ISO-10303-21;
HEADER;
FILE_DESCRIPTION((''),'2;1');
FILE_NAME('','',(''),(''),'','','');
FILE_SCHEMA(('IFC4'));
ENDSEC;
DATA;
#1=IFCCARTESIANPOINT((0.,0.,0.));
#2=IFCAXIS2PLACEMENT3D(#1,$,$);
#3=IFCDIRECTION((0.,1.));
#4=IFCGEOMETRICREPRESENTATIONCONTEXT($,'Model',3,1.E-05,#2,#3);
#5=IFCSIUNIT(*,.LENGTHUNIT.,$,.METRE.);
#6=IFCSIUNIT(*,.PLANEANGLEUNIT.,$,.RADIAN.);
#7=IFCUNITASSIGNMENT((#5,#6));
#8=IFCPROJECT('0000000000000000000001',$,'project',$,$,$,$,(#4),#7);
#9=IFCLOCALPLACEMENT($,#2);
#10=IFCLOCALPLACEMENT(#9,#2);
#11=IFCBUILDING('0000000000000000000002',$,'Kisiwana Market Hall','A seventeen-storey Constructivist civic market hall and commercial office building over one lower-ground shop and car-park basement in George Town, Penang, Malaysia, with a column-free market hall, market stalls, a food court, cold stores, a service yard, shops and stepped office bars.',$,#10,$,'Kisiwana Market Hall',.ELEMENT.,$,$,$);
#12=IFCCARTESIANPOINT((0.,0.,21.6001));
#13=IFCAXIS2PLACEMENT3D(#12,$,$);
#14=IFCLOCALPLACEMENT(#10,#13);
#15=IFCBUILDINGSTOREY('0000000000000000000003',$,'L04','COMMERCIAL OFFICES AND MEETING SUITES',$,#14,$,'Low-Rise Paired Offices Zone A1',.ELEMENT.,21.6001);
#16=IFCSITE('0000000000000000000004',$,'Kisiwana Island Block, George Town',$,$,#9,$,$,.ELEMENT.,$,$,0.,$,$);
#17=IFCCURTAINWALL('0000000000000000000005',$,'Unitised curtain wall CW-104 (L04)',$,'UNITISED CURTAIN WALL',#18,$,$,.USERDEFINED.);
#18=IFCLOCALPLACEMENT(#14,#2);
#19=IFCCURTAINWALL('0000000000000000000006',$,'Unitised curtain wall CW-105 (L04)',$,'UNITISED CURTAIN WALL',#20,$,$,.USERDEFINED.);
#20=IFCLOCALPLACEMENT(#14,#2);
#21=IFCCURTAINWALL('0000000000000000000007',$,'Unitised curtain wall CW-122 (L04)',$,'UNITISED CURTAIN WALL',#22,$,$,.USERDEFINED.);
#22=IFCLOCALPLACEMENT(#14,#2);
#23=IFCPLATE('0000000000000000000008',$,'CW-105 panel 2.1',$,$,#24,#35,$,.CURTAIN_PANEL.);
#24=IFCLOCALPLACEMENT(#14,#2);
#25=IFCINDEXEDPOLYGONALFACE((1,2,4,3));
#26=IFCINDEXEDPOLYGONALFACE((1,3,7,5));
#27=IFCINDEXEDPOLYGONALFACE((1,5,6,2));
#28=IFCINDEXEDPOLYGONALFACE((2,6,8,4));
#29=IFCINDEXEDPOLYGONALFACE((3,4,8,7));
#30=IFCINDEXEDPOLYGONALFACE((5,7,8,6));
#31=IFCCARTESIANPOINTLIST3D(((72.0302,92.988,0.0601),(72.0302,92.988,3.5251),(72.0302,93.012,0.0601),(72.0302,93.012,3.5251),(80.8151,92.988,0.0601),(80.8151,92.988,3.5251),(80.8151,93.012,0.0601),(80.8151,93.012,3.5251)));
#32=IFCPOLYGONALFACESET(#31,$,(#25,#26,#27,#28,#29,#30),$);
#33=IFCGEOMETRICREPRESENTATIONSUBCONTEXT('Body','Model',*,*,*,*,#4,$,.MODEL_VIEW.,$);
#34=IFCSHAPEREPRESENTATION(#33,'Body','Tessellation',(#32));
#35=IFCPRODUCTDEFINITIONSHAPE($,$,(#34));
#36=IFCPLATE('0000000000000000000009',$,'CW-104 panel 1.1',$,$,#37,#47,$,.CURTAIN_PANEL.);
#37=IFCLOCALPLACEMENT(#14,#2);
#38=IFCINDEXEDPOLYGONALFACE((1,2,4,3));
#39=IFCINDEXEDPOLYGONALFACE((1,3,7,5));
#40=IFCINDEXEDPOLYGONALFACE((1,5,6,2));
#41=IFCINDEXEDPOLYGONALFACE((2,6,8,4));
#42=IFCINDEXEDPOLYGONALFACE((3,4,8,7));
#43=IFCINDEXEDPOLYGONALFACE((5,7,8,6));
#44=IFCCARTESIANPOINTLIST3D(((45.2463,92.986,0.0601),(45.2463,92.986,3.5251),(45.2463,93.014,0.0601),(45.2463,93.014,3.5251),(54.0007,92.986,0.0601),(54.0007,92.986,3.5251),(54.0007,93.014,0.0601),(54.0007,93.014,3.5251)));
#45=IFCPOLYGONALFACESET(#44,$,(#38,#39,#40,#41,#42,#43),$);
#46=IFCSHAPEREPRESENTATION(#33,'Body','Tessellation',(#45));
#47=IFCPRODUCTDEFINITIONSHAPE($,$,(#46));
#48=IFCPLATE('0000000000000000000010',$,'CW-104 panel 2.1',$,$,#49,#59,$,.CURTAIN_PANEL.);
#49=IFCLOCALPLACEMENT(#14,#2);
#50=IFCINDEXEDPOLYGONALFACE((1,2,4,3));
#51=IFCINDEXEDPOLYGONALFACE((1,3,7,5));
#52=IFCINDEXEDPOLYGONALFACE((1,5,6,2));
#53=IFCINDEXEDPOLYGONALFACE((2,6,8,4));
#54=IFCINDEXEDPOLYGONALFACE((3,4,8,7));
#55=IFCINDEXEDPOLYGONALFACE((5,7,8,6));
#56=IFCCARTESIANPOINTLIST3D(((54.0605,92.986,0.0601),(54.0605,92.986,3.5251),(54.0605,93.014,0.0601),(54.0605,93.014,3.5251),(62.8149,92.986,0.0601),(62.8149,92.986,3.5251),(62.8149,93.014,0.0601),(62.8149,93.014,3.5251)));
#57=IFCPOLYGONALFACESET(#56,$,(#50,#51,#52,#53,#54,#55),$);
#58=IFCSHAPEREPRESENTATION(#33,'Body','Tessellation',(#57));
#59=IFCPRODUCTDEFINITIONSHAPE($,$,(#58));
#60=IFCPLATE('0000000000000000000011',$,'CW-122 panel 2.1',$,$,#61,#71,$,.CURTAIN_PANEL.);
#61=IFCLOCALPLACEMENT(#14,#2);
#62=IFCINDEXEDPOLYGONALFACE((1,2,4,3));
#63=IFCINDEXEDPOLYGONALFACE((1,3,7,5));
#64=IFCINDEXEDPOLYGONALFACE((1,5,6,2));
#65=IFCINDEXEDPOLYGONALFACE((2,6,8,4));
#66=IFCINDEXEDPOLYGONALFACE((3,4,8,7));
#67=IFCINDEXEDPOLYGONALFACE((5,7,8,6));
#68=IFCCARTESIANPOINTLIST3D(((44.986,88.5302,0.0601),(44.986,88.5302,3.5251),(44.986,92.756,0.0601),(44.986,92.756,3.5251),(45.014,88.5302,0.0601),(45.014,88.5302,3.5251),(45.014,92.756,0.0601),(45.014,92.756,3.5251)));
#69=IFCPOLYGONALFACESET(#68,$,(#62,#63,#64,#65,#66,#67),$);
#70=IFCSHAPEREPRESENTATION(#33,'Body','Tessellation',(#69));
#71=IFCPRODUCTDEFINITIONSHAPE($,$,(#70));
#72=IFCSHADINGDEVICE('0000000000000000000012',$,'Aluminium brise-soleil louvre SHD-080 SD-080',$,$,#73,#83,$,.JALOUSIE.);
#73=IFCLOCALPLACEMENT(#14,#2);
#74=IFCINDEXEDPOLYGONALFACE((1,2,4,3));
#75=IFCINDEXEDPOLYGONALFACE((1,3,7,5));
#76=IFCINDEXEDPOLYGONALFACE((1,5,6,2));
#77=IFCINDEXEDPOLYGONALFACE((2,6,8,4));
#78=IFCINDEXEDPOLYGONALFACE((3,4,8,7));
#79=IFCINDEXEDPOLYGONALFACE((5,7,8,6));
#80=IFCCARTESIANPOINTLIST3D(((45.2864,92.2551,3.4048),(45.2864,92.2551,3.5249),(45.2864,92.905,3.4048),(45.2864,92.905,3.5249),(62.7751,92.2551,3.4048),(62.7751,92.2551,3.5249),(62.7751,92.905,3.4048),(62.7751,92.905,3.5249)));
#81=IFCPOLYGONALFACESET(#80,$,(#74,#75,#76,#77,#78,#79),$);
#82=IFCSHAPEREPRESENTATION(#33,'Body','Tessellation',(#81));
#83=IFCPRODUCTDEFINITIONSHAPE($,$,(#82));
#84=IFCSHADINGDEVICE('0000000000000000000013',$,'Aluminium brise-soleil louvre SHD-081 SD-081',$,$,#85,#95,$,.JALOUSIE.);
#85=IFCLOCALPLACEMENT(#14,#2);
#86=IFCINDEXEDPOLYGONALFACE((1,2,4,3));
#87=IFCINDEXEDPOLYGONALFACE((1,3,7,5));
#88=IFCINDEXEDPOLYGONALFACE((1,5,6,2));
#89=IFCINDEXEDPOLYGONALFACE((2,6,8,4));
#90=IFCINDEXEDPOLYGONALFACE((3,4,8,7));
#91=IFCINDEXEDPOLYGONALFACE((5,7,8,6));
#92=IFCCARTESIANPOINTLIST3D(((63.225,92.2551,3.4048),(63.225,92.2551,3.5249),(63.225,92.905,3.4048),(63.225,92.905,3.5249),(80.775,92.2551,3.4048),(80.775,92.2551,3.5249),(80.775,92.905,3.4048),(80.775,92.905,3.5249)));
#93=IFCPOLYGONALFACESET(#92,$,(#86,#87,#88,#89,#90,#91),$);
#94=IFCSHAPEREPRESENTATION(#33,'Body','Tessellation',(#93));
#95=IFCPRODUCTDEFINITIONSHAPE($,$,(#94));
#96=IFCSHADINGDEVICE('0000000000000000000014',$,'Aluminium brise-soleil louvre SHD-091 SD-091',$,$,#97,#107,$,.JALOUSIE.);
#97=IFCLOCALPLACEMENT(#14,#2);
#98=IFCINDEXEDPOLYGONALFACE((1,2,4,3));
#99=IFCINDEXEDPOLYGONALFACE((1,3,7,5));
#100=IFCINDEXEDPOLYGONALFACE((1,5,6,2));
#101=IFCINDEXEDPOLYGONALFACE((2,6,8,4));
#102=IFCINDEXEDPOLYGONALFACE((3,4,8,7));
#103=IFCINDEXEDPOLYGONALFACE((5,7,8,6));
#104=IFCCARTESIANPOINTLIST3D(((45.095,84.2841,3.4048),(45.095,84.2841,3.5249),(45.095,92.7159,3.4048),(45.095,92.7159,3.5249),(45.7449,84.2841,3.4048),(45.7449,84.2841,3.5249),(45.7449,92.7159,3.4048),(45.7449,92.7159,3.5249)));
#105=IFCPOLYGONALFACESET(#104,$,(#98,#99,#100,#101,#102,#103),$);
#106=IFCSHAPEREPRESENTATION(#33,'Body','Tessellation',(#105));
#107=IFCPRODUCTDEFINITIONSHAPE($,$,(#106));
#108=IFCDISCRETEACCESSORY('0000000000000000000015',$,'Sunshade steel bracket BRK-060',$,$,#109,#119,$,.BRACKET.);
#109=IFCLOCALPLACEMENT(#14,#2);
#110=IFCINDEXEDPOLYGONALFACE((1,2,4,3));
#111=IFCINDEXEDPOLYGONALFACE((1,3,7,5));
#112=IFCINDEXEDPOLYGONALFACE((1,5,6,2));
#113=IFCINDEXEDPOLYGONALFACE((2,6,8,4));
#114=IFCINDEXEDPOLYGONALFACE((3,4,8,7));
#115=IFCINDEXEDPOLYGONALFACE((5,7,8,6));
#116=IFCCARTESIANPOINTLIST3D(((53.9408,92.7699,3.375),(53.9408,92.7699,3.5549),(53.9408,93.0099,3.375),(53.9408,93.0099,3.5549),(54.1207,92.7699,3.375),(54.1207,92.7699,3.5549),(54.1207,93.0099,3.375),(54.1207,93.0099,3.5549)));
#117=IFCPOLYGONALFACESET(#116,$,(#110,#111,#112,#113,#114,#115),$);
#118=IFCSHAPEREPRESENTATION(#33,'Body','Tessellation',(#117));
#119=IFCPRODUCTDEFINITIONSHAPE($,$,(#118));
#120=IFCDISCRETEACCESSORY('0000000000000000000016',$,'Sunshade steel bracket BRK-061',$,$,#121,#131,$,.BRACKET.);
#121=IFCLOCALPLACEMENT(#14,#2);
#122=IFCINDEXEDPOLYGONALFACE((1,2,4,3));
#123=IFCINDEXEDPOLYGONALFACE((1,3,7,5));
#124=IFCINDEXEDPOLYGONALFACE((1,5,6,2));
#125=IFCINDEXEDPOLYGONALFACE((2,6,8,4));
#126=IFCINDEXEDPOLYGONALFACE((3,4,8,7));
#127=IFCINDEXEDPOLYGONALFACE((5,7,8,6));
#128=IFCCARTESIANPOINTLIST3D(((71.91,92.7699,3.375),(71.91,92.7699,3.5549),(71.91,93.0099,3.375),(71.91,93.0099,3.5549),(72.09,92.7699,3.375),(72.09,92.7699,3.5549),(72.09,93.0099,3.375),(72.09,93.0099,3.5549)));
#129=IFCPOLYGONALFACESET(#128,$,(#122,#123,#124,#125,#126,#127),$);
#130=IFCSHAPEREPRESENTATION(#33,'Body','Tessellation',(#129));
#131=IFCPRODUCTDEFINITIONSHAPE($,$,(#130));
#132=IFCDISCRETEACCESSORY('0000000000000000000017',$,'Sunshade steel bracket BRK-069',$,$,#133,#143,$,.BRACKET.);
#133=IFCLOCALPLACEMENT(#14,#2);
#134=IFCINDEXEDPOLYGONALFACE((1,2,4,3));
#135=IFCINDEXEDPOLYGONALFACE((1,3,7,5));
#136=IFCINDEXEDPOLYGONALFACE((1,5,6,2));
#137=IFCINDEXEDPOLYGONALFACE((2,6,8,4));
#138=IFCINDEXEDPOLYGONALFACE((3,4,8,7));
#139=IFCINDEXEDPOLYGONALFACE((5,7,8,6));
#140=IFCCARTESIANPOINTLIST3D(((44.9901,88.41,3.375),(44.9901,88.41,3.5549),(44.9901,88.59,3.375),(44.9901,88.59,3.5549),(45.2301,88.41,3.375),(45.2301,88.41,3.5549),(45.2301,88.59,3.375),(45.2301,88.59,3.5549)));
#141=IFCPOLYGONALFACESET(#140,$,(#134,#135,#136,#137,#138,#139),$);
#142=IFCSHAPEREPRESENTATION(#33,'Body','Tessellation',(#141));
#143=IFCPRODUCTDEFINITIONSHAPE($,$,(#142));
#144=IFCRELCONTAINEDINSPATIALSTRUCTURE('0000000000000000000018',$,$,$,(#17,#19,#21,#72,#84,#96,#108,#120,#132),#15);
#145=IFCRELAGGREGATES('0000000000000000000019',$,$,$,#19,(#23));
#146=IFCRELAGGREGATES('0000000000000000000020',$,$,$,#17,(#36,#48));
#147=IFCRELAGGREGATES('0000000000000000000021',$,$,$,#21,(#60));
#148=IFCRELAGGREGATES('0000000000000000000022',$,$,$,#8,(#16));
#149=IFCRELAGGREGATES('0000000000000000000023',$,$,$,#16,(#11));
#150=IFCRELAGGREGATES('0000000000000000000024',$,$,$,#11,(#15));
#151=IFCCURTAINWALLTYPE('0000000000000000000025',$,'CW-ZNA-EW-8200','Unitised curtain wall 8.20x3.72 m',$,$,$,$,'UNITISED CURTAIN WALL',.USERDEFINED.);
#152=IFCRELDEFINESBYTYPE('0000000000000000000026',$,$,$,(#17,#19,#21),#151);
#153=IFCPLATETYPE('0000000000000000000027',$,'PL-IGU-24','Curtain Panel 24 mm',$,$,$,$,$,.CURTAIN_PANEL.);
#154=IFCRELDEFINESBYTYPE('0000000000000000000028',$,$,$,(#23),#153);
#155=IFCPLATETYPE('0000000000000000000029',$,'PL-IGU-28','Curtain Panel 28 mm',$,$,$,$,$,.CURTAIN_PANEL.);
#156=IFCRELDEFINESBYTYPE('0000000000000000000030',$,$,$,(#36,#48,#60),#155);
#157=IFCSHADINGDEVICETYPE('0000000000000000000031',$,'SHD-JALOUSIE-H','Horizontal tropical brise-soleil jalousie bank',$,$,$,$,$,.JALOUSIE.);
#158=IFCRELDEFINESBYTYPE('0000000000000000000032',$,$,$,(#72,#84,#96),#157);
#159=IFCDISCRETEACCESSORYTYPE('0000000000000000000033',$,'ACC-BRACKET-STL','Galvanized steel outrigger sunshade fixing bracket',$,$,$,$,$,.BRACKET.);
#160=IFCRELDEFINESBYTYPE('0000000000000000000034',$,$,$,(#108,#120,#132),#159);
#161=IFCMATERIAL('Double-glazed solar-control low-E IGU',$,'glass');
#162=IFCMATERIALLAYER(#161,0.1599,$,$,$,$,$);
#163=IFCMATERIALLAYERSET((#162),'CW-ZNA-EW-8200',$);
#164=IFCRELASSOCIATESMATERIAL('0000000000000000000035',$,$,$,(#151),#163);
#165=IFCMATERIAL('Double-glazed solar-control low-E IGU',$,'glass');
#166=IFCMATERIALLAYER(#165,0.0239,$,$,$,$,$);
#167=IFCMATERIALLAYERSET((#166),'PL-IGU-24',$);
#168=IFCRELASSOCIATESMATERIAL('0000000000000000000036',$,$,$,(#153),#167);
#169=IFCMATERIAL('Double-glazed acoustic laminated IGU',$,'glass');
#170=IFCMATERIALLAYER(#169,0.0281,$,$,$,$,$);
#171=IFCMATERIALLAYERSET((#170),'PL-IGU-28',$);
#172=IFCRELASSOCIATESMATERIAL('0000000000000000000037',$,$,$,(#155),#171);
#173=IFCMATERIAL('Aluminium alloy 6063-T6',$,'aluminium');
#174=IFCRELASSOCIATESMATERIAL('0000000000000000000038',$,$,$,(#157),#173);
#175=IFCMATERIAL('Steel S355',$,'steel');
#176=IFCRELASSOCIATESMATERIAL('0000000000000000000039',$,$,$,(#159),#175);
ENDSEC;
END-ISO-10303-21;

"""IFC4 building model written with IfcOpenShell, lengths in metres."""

from ifc_helpers import new_model, si_unit, direction, frame, origin, origin_2d, place, context, subcontext, project, spatial, rectangle, extrude, material, layer, layer_set, type_object, element, aggregate, save


model = new_model("IFC4")

# Units and contexts
model_context = context("Model", 3, precision=1e-05, world=origin(), true_north=direction((0.0, 1.0)))
body_context = subcontext(model_context, "Body", "Model", "MODEL_VIEW")
ifc_project = project(units=[si_unit("LENGTHUNIT", "METRE"), si_unit("PLANEANGLEUNIT", "RADIAN")], contexts=[model_context])

# Site, building, storey
site_placement = place(None, origin())
site = spatial("IfcSite", under=ifc_project, at=site_placement, Name="Kisiwana Island Block, George Town", CompositionType="ELEMENT", RefElevation=0.0)
building_placement = place(site_placement, origin())
building = spatial("IfcBuilding", under=site, at=building_placement, Name="Kisiwana Market Hall", Description="A seventeen-storey Constructivist civic market hall and commercial office building over one lower-ground shop and car-park basement in George Town, Penang, Malaysia, with a column-free market hall, market stalls, a food court, cold stores, a service yard, shops and stepped office bars.", LongName="Kisiwana Market Hall", CompositionType="ELEMENT")
storey_placement = place(building_placement, frame((0.0, 0.0, 21.6001)))
storey = spatial("IfcBuildingStorey", under=building, at=storey_placement, Name="L04", Description="COMMERCIAL OFFICES AND MEETING SUITES", LongName="Low-Rise Paired Offices Zone A1", CompositionType="ELEMENT", Elevation=21.6001)

# Curtain walls
ifc_material_1 = material(Name="Double-glazed solar-control low-E IGU", Category="glass")
ifc_layer_1 = layer(ifc_material_1, 0.1599)
ifc_layer_set_1 = layer_set([ifc_layer_1], Name="CW-ZNA-EW-8200")
curtain_wall_type = type_object("IfcCurtainWallType", Name="CW-ZNA-EW-8200", Description="Unitised curtain wall 8.20x3.72 m", ElementType="UNITISED CURTAIN WALL", PredefinedType="USERDEFINED", material=ifc_layer_set_1)
curtain_wall_1_placement = place(storey_placement, origin())
curtain_wall_1 = element("IfcCurtainWall", 1, at=curtain_wall_1_placement, inside=storey, type_object=curtain_wall_type, Name="Unitised curtain wall CW-104 (L04)", ObjectType="UNITISED CURTAIN WALL", PredefinedType="USERDEFINED")
curtain_wall_2_placement = place(storey_placement, origin())
curtain_wall_2 = element("IfcCurtainWall", 2, at=curtain_wall_2_placement, inside=storey, type_object=curtain_wall_type, Name="Unitised curtain wall CW-105 (L04)", ObjectType="UNITISED CURTAIN WALL", PredefinedType="USERDEFINED")

# Curtain wall
curtain_wall_3_placement = place(storey_placement, origin())
curtain_wall_3 = element("IfcCurtainWall", 3, at=curtain_wall_3_placement, inside=storey, type_object=curtain_wall_type, Name="Unitised curtain wall CW-122 (L04)", ObjectType="UNITISED CURTAIN WALL", PredefinedType="USERDEFINED")

# Plates
ifc_material_2 = material(Name="Double-glazed solar-control low-E IGU", Category="glass")
ifc_layer_2 = layer(ifc_material_2, 0.0239)
ifc_layer_set_2 = layer_set([ifc_layer_2], Name="PL-IGU-24")
plate_type_1 = type_object("IfcPlateType", Name="PL-IGU-24", Description="Curtain Panel 24 mm", PredefinedType="CURTAIN_PANEL", material=ifc_layer_set_2)
plate_1_placement = place(storey_placement, frame((76.4226, 93.0, 0.0601), z_axis=(0.0, 0.0, 1.0), x_axis=(1.0, 0.0, 0.0)))
plate_1 = element("IfcPlate", 4, at=plate_1_placement, type_object=plate_type_1, Name="CW-105 panel 2.1", PredefinedType="CURTAIN_PANEL", context=body_context, shape_type="SweptSolid", body=[
    extrude(rectangle(XDim=8.7849, YDim=0.0239, at=origin_2d()), origin(), (0.0, 0.0, 1.0), 3.4651),
])
aggregate(curtain_wall_2, [plate_1])
ifc_material_3 = material(Name="Double-glazed acoustic laminated IGU", Category="glass")
ifc_layer_3 = layer(ifc_material_3, 0.0281)
ifc_layer_set_3 = layer_set([ifc_layer_3], Name="PL-IGU-28")
plate_type_2 = type_object("IfcPlateType", Name="PL-IGU-28", Description="Curtain Panel 28 mm", PredefinedType="CURTAIN_PANEL", material=ifc_layer_set_3)
plate_2_placement = place(storey_placement, frame((49.6235, 93.0, 0.0601), z_axis=(0.0, 0.0, 1.0), x_axis=(1.0, 0.0, 0.0)))
plate_2 = element("IfcPlate", 5, at=plate_2_placement, type_object=plate_type_2, Name="CW-104 panel 1.1", PredefinedType="CURTAIN_PANEL", context=body_context, shape_type="SweptSolid", body=[
    extrude(rectangle(XDim=8.7544, YDim=0.0281, at=origin_2d()), origin(), (0.0, 0.0, 1.0), 3.4651),
])
plate_3_placement = place(storey_placement, frame((58.4377, 93.0, 0.0601), z_axis=(0.0, 0.0, 1.0), x_axis=(1.0, 0.0, 0.0)))
plate_3 = element("IfcPlate", 6, at=plate_3_placement, type_object=plate_type_2, Name="CW-104 panel 2.1", PredefinedType="CURTAIN_PANEL", context=body_context, shape_type="SweptSolid", body=[
    extrude(rectangle(XDim=8.7544, YDim=0.0281, at=origin_2d()), origin(), (0.0, 0.0, 1.0), 3.4651),
])
aggregate(curtain_wall_1, [plate_2, plate_3])
plate_4_placement = place(storey_placement, frame((45.0, 90.6431, 0.0601), z_axis=(0.0, 0.0, 1.0), x_axis=(0.0, 1.0, 0.0)))
plate_4 = element("IfcPlate", 7, at=plate_4_placement, type_object=plate_type_2, Name="CW-122 panel 2.1", PredefinedType="CURTAIN_PANEL", context=body_context, shape_type="SweptSolid", body=[
    extrude(rectangle(XDim=4.2258, YDim=0.0281, at=origin_2d()), origin(), (0.0, 0.0, 1.0), 3.4651),
])
aggregate(curtain_wall_3, [plate_4])

# Shading devices
ifc_material_4 = material(Name="Aluminium alloy 6063-T6", Category="aluminium")
shading_device_type = type_object("IfcShadingDeviceType", Name="SHD-JALOUSIE-H", Description="Horizontal tropical brise-soleil jalousie bank", PredefinedType="JALOUSIE", material=ifc_material_4)
shading_device_1_placement = place(storey_placement, frame((54.0308, 92.5801, 3.4048), z_axis=(0.0, 0.0, 1.0), x_axis=(1.0, 0.0, 0.0)))
element("IfcShadingDevice", 8, at=shading_device_1_placement, inside=storey, type_object=shading_device_type, Name="Aluminium brise-soleil louvre SHD-080 SD-080", PredefinedType="JALOUSIE", context=body_context, shape_type="SweptSolid", body=[
    extrude(rectangle(XDim=17.4888, YDim=0.6499, at=origin_2d()), origin(), (0.0, 0.0, 1.0), 0.1201),
])
shading_device_2_placement = place(storey_placement, frame((72.0, 92.5801, 3.4048), z_axis=(0.0, 0.0, 1.0), x_axis=(1.0, 0.0, 0.0)))
element("IfcShadingDevice", 9, at=shading_device_2_placement, inside=storey, type_object=shading_device_type, Name="Aluminium brise-soleil louvre SHD-081 SD-081", PredefinedType="JALOUSIE", context=body_context, shape_type="SweptSolid", body=[
    extrude(rectangle(XDim=17.55, YDim=0.6499, at=origin_2d()), origin(), (0.0, 0.0, 1.0), 0.1201),
])
shading_device_3_placement = place(storey_placement, frame((45.4199, 88.5, 3.4048), z_axis=(0.0, 0.0, 1.0), x_axis=(0.0, 1.0, 0.0)))
element("IfcShadingDevice", 10, at=shading_device_3_placement, inside=storey, type_object=shading_device_type, Name="Aluminium brise-soleil louvre SHD-091 SD-091", PredefinedType="JALOUSIE", context=body_context, shape_type="SweptSolid", body=[
    extrude(rectangle(XDim=8.4319, YDim=0.6499, at=origin_2d()), origin(), (0.0, 0.0, 1.0), 0.1201),
])

# Discrete accessories
ifc_material_5 = material(Name="Steel S355", Category="steel")
discrete_accessory_type = type_object("IfcDiscreteAccessoryType", Name="ACC-BRACKET-STL", Description="Galvanized steel outrigger sunshade fixing bracket", PredefinedType="BRACKET", material=ifc_material_5)
for number, where, z_axis, x_axis, name in (
    (11, (54.0308, 92.8899, 3.375), (0.0, 0.0, 1.0), (1.0, 0.0, 0.0), "Sunshade steel bracket BRK-060"),
    (12, (72.0, 92.8899, 3.375), (0.0, 0.0, 1.0), (1.0, 0.0, 0.0), "Sunshade steel bracket BRK-061"),
    (13, (45.1101, 88.5, 3.375), (0.0, 0.0, 1.0), (0.0, 1.0, 0.0), "Sunshade steel bracket BRK-069"),
):
    element("IfcDiscreteAccessory", number, at=place(storey_placement, frame(where, z_axis=z_axis, x_axis=x_axis)), inside=storey, type_object=discrete_accessory_type, Name=name, PredefinedType="BRACKET", context=body_context, shape_type="SweptSolid", body=[
        extrude(rectangle(XDim=0.1799, YDim=0.24, at=origin_2d()), origin(), (0.0, 0.0, 1.0), 0.1799),
    ])

save(model, "model.ifc")
